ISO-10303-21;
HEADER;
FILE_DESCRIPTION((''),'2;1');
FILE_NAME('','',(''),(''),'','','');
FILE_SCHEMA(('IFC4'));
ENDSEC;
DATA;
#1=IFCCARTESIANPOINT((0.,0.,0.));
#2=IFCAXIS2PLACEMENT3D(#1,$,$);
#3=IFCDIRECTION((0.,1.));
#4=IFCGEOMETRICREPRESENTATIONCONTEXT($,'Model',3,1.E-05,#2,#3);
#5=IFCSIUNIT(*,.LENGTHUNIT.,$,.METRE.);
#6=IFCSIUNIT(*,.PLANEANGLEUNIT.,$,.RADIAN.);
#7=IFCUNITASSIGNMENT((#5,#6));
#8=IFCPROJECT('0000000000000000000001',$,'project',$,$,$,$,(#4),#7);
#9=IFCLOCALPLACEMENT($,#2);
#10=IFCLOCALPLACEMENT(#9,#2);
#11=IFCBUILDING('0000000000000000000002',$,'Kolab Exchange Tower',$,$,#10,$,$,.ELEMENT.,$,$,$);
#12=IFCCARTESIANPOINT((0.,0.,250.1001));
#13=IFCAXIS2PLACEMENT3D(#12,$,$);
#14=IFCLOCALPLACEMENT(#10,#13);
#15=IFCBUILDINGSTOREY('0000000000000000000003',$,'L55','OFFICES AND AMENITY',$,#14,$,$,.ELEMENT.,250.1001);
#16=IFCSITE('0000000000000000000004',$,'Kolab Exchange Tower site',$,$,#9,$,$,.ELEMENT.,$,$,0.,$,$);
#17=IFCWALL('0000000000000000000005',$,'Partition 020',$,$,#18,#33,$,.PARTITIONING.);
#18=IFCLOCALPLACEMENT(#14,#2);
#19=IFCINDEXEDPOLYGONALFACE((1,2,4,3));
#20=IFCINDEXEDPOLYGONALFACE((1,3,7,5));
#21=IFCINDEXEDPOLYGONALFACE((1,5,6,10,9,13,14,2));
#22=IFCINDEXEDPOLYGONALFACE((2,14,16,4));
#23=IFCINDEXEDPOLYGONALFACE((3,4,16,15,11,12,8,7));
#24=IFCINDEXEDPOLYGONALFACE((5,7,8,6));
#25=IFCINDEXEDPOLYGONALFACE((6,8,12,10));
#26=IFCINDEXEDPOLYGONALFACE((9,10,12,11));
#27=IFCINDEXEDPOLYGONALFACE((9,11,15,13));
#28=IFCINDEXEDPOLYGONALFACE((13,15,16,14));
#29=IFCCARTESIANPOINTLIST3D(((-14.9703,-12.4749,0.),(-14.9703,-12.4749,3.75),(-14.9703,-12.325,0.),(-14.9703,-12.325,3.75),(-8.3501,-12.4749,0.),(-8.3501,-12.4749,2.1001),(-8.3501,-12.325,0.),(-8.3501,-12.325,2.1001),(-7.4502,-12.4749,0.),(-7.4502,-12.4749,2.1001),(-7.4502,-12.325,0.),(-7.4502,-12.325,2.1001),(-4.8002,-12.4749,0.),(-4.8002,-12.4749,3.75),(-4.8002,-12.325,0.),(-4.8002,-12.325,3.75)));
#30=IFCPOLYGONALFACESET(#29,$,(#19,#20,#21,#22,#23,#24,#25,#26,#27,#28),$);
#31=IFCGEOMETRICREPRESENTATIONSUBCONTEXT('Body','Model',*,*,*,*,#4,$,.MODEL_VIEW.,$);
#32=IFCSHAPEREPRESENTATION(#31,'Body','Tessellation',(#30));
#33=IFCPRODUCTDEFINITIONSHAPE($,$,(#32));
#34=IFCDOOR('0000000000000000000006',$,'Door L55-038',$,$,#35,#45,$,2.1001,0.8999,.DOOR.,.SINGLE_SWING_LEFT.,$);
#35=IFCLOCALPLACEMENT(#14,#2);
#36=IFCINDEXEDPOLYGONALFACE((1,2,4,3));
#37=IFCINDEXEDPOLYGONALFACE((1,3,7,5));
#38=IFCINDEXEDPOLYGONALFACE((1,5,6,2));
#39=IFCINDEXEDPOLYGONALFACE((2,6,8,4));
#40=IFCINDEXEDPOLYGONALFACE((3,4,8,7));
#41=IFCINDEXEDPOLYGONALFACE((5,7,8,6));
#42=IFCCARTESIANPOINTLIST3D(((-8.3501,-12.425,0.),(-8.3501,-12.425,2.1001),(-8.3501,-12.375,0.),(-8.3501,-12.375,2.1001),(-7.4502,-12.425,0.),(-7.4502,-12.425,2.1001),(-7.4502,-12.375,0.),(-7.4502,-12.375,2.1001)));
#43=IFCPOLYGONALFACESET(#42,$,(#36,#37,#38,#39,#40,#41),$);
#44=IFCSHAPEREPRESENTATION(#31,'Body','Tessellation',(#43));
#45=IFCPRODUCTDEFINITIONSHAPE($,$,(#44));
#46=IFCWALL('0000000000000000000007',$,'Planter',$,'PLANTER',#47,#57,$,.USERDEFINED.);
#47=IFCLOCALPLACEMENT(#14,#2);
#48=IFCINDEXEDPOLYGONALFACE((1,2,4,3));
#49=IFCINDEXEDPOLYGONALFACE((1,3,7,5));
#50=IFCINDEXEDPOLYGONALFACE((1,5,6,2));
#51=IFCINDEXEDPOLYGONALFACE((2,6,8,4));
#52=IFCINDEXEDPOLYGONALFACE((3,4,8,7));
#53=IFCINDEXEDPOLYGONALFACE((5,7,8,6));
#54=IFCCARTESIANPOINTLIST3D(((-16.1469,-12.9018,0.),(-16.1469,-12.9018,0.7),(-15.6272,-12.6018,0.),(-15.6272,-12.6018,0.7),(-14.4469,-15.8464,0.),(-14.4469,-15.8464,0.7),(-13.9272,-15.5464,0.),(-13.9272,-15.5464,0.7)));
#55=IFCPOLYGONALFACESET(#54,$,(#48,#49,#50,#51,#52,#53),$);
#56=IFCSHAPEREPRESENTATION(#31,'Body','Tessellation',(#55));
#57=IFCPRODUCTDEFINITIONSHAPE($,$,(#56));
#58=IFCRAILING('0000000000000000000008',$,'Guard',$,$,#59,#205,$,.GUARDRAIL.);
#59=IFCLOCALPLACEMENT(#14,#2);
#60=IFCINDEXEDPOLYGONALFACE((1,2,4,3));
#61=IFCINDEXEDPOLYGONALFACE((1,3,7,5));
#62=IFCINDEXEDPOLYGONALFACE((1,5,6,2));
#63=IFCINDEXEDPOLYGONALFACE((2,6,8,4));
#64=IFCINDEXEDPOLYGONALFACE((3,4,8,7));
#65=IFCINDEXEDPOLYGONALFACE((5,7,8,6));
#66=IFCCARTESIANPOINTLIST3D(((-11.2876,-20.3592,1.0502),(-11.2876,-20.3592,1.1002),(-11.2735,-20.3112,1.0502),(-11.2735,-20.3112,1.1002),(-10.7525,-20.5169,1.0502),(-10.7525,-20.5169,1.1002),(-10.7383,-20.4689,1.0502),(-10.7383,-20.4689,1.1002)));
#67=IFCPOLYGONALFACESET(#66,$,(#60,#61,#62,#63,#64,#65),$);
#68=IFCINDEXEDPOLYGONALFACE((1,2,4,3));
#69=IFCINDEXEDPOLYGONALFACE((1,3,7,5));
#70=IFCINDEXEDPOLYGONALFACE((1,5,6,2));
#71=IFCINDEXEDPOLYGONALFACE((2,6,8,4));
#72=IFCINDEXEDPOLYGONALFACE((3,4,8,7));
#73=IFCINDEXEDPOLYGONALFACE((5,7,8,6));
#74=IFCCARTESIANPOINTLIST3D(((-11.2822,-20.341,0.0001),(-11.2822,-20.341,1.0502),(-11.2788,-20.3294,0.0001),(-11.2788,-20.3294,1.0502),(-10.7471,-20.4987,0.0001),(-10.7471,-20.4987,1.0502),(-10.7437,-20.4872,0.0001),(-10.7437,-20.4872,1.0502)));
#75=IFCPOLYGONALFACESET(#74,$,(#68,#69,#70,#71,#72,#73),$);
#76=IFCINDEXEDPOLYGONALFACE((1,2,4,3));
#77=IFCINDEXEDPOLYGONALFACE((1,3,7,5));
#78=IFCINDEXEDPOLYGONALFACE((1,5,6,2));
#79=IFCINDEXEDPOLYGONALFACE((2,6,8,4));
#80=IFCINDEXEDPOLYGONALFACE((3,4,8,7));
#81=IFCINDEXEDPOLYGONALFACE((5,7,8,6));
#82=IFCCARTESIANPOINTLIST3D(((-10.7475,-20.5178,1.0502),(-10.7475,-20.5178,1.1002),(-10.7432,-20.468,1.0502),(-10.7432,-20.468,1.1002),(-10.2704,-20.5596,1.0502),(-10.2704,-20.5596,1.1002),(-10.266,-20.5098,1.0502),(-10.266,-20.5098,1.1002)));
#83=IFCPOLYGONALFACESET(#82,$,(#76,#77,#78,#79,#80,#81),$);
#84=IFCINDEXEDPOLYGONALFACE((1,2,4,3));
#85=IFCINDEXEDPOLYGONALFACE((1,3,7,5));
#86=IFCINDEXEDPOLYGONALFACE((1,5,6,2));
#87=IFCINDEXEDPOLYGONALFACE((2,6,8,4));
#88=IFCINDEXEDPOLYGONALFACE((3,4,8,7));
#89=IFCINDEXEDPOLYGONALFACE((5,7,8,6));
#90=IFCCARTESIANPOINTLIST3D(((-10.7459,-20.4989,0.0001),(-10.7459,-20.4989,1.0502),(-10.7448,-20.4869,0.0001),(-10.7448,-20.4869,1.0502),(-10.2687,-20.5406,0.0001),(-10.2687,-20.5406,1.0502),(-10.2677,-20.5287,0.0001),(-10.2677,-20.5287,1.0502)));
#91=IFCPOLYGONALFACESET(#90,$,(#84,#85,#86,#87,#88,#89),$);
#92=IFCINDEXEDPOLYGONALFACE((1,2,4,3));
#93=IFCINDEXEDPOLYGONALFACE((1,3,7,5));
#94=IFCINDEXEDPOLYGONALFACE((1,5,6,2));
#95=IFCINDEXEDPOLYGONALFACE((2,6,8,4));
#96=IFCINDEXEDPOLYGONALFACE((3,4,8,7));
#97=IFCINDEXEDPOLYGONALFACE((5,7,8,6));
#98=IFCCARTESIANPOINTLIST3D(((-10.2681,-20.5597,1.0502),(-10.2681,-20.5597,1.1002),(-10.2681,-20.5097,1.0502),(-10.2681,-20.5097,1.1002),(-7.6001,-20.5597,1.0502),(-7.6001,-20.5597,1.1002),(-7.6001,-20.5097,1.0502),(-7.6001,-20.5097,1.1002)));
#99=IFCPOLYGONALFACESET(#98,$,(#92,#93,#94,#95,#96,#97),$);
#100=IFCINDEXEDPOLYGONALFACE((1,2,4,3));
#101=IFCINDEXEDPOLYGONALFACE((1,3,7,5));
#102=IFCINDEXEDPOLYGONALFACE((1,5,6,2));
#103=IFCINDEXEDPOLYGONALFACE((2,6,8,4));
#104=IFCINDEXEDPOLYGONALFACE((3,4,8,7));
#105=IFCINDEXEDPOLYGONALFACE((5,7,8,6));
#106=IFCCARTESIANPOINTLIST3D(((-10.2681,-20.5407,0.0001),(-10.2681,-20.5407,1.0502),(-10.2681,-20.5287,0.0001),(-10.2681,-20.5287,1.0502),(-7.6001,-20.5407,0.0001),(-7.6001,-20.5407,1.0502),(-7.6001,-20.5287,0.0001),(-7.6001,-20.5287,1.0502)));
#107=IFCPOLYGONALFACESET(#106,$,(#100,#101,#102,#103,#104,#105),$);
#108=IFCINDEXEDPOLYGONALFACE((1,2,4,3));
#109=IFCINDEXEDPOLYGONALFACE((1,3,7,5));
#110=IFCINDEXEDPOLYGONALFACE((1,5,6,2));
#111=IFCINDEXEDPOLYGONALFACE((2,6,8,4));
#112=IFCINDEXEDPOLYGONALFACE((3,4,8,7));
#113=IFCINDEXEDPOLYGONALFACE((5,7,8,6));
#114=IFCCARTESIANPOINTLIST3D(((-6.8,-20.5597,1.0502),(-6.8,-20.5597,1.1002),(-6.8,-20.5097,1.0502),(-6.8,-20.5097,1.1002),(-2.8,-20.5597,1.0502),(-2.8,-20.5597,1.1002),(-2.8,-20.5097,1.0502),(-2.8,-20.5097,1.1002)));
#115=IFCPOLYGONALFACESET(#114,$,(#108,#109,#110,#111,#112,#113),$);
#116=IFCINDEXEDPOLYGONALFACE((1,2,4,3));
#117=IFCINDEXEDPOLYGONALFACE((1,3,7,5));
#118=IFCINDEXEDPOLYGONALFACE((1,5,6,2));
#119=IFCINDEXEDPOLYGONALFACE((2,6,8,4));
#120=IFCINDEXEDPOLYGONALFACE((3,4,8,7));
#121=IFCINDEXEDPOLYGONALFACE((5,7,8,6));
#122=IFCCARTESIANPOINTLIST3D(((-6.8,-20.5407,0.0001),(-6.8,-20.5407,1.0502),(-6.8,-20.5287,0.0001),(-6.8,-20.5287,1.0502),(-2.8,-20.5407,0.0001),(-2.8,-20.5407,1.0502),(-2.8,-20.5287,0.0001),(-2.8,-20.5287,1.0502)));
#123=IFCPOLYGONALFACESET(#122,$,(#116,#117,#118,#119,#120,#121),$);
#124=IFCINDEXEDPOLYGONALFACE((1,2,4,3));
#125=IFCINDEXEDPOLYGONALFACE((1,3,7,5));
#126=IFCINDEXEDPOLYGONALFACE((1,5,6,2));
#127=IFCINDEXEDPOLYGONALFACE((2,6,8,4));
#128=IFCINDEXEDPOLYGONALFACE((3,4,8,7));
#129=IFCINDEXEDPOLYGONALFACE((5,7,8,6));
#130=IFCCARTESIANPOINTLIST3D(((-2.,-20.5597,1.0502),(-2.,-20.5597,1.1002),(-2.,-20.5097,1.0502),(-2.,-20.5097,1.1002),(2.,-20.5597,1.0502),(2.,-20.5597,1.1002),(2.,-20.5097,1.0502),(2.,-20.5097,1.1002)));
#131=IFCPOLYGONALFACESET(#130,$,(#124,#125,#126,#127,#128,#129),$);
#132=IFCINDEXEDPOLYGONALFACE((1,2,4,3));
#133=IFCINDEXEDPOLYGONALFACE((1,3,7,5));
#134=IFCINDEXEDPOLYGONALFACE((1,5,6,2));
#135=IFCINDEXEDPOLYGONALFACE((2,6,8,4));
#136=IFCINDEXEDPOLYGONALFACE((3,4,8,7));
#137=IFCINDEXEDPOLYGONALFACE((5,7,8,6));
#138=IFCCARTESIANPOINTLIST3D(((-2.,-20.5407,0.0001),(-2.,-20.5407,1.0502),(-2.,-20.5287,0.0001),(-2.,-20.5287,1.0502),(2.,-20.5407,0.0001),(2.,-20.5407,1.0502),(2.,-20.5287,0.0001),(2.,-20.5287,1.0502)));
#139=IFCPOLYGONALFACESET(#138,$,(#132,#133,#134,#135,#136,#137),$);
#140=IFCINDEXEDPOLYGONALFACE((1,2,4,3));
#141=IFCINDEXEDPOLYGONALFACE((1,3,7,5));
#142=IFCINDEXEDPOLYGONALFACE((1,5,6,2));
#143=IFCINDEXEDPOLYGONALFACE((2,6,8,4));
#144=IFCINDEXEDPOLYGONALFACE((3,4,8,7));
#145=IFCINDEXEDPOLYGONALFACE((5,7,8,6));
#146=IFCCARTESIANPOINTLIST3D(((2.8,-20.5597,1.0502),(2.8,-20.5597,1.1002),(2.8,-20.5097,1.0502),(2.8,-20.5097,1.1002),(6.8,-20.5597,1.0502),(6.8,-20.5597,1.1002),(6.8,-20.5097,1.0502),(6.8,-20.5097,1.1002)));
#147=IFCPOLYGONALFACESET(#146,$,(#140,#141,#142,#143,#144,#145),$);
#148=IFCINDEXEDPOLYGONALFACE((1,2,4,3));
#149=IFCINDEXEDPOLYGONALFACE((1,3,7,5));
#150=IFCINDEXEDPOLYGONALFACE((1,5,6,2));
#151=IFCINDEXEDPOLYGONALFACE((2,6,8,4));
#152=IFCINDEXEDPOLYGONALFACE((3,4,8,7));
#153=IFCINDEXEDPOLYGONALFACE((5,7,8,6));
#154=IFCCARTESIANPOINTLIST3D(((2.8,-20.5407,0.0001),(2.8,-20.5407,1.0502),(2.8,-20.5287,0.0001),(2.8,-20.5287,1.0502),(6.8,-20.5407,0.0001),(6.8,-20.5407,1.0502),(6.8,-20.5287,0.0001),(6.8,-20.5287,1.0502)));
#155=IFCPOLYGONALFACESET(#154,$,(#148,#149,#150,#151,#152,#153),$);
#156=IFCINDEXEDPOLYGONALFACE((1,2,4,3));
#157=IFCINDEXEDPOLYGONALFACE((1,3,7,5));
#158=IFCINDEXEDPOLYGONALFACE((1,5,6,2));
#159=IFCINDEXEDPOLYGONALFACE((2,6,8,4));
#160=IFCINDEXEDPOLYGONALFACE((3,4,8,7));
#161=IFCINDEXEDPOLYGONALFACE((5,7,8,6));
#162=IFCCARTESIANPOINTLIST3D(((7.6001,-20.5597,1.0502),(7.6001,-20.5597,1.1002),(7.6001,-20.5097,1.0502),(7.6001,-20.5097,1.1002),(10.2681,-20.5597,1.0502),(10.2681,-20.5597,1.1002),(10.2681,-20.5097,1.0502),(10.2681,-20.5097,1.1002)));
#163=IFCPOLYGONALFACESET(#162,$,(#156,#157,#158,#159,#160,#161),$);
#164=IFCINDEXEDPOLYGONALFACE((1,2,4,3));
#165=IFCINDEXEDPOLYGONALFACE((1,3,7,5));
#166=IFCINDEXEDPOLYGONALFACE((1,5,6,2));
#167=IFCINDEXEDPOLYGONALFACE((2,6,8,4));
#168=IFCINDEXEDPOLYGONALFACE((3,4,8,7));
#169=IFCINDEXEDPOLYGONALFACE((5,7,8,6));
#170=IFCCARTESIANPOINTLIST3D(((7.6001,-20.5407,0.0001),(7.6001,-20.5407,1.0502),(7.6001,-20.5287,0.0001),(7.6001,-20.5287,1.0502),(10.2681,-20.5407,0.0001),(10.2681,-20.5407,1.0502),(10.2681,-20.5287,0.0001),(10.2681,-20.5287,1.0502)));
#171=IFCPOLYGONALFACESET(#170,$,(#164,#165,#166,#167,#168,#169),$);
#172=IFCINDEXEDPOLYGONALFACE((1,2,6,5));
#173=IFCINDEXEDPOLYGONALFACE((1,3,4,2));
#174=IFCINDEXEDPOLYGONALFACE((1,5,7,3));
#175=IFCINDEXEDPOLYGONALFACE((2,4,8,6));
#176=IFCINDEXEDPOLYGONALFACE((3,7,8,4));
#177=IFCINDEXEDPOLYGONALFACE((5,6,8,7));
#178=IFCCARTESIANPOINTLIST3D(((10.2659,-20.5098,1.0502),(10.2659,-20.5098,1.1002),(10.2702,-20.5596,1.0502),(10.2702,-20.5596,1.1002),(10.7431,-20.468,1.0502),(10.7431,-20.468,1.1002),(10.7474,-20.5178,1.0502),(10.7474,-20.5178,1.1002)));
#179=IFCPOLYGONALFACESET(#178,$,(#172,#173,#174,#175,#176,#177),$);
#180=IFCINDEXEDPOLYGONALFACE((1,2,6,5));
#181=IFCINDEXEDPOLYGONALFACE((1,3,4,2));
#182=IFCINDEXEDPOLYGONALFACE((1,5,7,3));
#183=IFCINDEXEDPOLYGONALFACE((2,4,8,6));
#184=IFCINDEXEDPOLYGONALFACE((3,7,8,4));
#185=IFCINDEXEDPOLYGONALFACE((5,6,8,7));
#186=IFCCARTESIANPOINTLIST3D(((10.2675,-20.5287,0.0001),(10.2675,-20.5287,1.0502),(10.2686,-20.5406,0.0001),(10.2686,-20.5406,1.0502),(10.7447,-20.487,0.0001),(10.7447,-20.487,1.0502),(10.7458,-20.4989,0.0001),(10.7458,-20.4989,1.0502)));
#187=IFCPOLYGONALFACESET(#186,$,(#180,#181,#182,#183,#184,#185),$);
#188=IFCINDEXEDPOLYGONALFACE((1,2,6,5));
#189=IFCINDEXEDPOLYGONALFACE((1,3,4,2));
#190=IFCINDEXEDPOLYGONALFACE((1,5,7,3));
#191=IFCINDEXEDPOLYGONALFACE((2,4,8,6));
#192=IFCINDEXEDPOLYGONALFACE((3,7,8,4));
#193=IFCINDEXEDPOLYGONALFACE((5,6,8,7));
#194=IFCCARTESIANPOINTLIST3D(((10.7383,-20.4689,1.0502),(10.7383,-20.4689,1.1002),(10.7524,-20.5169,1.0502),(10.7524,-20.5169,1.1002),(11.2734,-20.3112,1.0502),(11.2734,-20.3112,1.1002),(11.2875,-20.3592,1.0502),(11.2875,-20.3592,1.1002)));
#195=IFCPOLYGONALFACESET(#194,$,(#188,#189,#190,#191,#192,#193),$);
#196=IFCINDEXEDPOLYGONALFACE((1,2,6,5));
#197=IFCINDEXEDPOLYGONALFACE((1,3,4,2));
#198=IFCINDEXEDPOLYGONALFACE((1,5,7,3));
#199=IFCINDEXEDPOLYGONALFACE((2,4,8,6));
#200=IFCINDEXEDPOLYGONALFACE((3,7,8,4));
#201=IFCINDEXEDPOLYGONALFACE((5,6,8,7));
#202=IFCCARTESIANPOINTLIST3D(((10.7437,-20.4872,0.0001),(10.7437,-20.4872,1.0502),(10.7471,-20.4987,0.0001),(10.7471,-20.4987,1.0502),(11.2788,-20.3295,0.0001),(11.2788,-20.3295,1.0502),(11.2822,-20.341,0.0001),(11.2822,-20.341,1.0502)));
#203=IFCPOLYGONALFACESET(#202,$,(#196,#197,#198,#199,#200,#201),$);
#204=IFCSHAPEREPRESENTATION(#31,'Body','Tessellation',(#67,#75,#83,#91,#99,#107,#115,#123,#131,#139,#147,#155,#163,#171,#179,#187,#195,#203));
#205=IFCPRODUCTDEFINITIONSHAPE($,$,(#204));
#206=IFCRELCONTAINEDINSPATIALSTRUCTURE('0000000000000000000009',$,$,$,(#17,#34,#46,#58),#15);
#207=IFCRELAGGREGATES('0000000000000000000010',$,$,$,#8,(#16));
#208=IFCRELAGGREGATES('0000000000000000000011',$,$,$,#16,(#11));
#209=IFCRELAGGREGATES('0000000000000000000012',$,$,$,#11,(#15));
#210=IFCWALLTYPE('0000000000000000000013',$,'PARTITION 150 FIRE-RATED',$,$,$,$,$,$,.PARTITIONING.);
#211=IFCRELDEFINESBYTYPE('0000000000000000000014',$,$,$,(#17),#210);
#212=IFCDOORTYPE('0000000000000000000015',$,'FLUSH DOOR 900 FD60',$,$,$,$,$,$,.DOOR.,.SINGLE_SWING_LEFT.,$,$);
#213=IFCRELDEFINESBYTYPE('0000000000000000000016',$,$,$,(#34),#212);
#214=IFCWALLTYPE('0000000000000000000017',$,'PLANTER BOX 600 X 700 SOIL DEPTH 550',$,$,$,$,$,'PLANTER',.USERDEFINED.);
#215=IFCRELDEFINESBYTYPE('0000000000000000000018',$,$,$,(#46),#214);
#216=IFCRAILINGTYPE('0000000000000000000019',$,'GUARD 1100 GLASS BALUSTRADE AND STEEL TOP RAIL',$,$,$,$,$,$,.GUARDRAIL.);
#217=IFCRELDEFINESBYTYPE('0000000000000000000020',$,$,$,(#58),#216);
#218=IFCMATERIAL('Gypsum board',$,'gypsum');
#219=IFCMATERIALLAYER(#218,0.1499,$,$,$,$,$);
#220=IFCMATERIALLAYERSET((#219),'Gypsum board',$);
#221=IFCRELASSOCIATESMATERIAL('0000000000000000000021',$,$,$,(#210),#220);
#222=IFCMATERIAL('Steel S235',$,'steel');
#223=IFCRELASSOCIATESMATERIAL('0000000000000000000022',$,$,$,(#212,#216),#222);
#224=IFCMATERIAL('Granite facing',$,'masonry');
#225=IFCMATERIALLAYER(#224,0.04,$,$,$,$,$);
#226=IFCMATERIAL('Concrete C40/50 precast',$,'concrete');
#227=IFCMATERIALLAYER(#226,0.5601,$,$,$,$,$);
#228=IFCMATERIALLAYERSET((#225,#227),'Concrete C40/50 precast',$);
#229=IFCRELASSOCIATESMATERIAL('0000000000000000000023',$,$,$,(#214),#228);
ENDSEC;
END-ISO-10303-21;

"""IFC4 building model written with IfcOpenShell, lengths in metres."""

from ifc_helpers import new_model, si_unit, direction, frame, frame_2d, origin, origin_2d, place, context, subcontext, project, spatial, rectangle, extrude, material, layer, layer_set, type_object, element, fill, save


model = new_model("IFC4")

# Units and contexts
model_context = context("Model", 3, precision=1e-05, world=origin(), true_north=direction((0.0, 1.0)))
body_context = subcontext(model_context, "Body", "Model", "MODEL_VIEW")
ifc_project = project(units=[si_unit("LENGTHUNIT", "METRE"), si_unit("PLANEANGLEUNIT", "RADIAN")], contexts=[model_context])

# Site, building, storey
site_placement = place(None, origin())
site = spatial("IfcSite", under=ifc_project, at=site_placement, Name="Kolab Exchange Tower site", CompositionType="ELEMENT", RefElevation=0.0)
building_placement = place(site_placement, origin())
building = spatial("IfcBuilding", under=site, at=building_placement, Name="Kolab Exchange Tower", CompositionType="ELEMENT")
storey_placement = place(building_placement, frame((0.0, 0.0, 250.1001)))
storey = spatial("IfcBuildingStorey", under=building, at=storey_placement, Name="L55", Description="OFFICES AND AMENITY", CompositionType="ELEMENT", Elevation=250.1001)

# Shared definitions
ifc_material_1 = material(Name="Gypsum board", Category="gypsum")
ifc_layer_1 = layer(ifc_material_1, 0.1499)
ifc_layer_set_1 = layer_set([ifc_layer_1], Name="Gypsum board")
wall_type_1 = type_object("IfcWallType", Name="PARTITION 150 FIRE-RATED", PredefinedType="PARTITIONING", material=ifc_layer_set_1)
ifc_material_2 = material(Name="Steel S235", Category="steel")

# Wall, opening, door
wall_1_placement = place(storey_placement, frame((-14.9702, -12.3999, 0.0), z_axis=(0.0, 0.0, 1.0), x_axis=(1.0, 0.0, 0.0)))
wall_1 = element("IfcWall", 1, at=wall_1_placement, inside=storey, type_object=wall_type_1, Name="Partition 020", PredefinedType="PARTITIONING", context=body_context, shape_type="SweptSolid", body=[
    extrude(rectangle(XDim=10.1702, YDim=0.1499, at=frame_2d((5.085, 0.0))), origin(), (0.0, 0.0, 1.0), 3.75),
])
opening_1_placement = place(wall_1_placement, frame((6.6201, 0.0, 0.0)))
opening_1 = element("IfcOpeningElement", 2, at=opening_1_placement, cuts=wall_1, PredefinedType="OPENING", context=body_context, shape_type="SweptSolid", body=[
    extrude(rectangle(XDim=0.8999, YDim=2.1001, at=frame_2d((0.45, 1.05))), frame((0.0, 0.085, 0.0), z_axis=(0.0, -1.0, 0.0), x_axis=(1.0, 0.0, 0.0)), (0.0, 0.0, 1.0), 0.1699),
])
door_type_1 = type_object("IfcDoorType", Name="FLUSH DOOR 900 FD60", OperationType="SINGLE_SWING_LEFT", PredefinedType="DOOR", material=ifc_material_2)
door_1_placement = place(opening_1_placement, origin())
door_1 = element("IfcDoor", 3, at=door_1_placement, inside=storey, type_object=door_type_1, Name="Door L55-038", OperationType="SINGLE_SWING_LEFT", OverallHeight=2.1001, OverallWidth=0.8999, PredefinedType="DOOR", context=body_context, shape_type="SweptSolid", body=[
    extrude(rectangle(XDim=0.8999, YDim=2.1001, at=frame_2d((0.45, 1.05))), frame((0.0, 0.0249, 0.0), z_axis=(0.0, -1.0, 0.0), x_axis=(1.0, 0.0, 0.0)), (0.0, 0.0, 1.0), 0.05),
])
fill(opening_1, door_1)

# Wall
ifc_material_3 = material(Name="Granite facing", Category="masonry")
ifc_layer_2 = layer(ifc_material_3, 0.04)
ifc_material_4 = material(Name="Concrete C40/50 precast", Category="concrete")
ifc_layer_3 = layer(ifc_material_4, 0.5601)
ifc_layer_set_2 = layer_set([ifc_layer_2, ifc_layer_3], Name="Concrete C40/50 precast")
wall_type_2 = type_object("IfcWallType", Name="PLANTER BOX 600 X 700 SOIL DEPTH 550", ElementType="PLANTER", PredefinedType="USERDEFINED", material=ifc_layer_set_2)
wall_2_placement = place(storey_placement, frame((-14.187, -15.6965, 0.0), z_axis=(0.0, 0.0, 1.0), x_axis=(-0.499977, 0.866039, 0.0)))
element("IfcWall", 4, at=wall_2_placement, inside=storey, type_object=wall_type_2, Name="Planter", ObjectType="PLANTER", PredefinedType="USERDEFINED", context=body_context, shape_type="SweptSolid", body=[
    extrude(rectangle(XDim=3.4001, YDim=0.6001, at=frame_2d((1.7002, 0.0))), origin(), (0.0, 0.0, 1.0), 0.7),
])

# Railing
railing_type = type_object("IfcRailingType", Name="GUARD 1100 GLASS BALUSTRADE AND STEEL TOP RAIL", PredefinedType="GUARDRAIL", material=ifc_material_2)
railing_placement = place(storey_placement, frame((-11.2805, -20.3352, 0.0)))
element("IfcRailing", 5, at=railing_placement, inside=storey, type_object=railing_type, Name="Guard", PredefinedType="GUARDRAIL", context=body_context, shape_type="SweptSolid", body=[
    extrude(rectangle(XDim=0.05, YDim=0.05, at=origin_2d()), frame((0.0, 0.0, 1.0752), z_axis=(0.959212, -0.282687, 0.0), x_axis=(0.282687, 0.959212, 0.0)), (0.0, 0.0, 1.0), 0.5579),
    extrude(rectangle(XDim=0.012, YDim=1.0501, at=frame_2d((0.0, 0.5251))), frame((0.0, 0.0, 0.0), z_axis=(0.959212, -0.282687, 0.0), x_axis=(0.282687, 0.959212, 0.0)), (0.0, 0.0, 1.0), 0.5579),
    extrude(rectangle(XDim=0.05, YDim=0.05, at=origin_2d()), frame((0.5352, -0.1577, 1.0752), z_axis=(0.996196, -0.087135, 0.0), x_axis=(0.087135, 0.996196, 0.0)), (0.0, 0.0, 1.0), 0.479),
    extrude(rectangle(XDim=0.012, YDim=1.0501, at=frame_2d((0.0, 0.5251))), frame((0.5352, -0.1577, 0.0), z_axis=(0.996196, -0.087135, 0.0), x_axis=(0.087135, 0.996196, 0.0)), (0.0, 0.0, 1.0), 0.479),
    extrude(rectangle(XDim=0.05, YDim=0.05, at=origin_2d()), frame((1.0125, -0.1995, 1.0752), z_axis=(1.0, 0.0, 0.0), x_axis=(0.0, 1.0, 0.0)), (0.0, 0.0, 1.0), 2.668),
    extrude(rectangle(XDim=0.012, YDim=1.0501, at=frame_2d((0.0, 0.5251))), frame((1.0125, -0.1995, 0.0), z_axis=(1.0, 0.0, 0.0), x_axis=(0.0, 1.0, 0.0)), (0.0, 0.0, 1.0), 2.668),
    extrude(rectangle(XDim=0.05, YDim=0.05, at=origin_2d()), frame((4.4805, -0.1995, 1.0752), z_axis=(1.0, 0.0, 0.0), x_axis=(0.0, 1.0, 0.0)), (0.0, 0.0, 1.0), 4.0),
    extrude(rectangle(XDim=0.012, YDim=1.0501, at=frame_2d((0.0, 0.5251))), frame((4.4805, -0.1995, 0.0), z_axis=(1.0, 0.0, 0.0), x_axis=(0.0, 1.0, 0.0)), (0.0, 0.0, 1.0), 4.0),
    extrude(rectangle(XDim=0.05, YDim=0.05, at=origin_2d()), frame((9.2805, -0.1995, 1.0752), z_axis=(1.0, 0.0, 0.0), x_axis=(0.0, 1.0, 0.0)), (0.0, 0.0, 1.0), 4.0),
    extrude(rectangle(XDim=0.012, YDim=1.0501, at=frame_2d((0.0, 0.5251))), frame((9.2805, -0.1995, 0.0), z_axis=(1.0, 0.0, 0.0), x_axis=(0.0, 1.0, 0.0)), (0.0, 0.0, 1.0), 4.0),
    extrude(rectangle(XDim=0.05, YDim=0.05, at=origin_2d()), frame((14.0806, -0.1995, 1.0752), z_axis=(1.0, 0.0, 0.0), x_axis=(0.0, 1.0, 0.0)), (0.0, 0.0, 1.0), 4.0),
    extrude(rectangle(XDim=0.012, YDim=1.0501, at=frame_2d((0.0, 0.5251))), frame((14.0806, -0.1995, 0.0), z_axis=(1.0, 0.0, 0.0), x_axis=(0.0, 1.0, 0.0)), (0.0, 0.0, 1.0), 4.0),
    extrude(rectangle(XDim=0.05, YDim=0.05, at=origin_2d()), frame((18.8806, -0.1995, 1.0752), z_axis=(1.0, 0.0, 0.0), x_axis=(0.0, 1.0, 0.0)), (0.0, 0.0, 1.0), 2.668),
    extrude(rectangle(XDim=0.012, YDim=1.0501, at=frame_2d((0.0, 0.5251))), frame((18.8806, -0.1995, 0.0), z_axis=(1.0, 0.0, 0.0), x_axis=(0.0, 1.0, 0.0)), (0.0, 0.0, 1.0), 2.668),
    extrude(rectangle(XDim=0.05, YDim=0.05, at=origin_2d()), frame((21.5486, -0.1995, 1.0752), z_axis=(0.996196, 0.087135, 0.0), x_axis=(-0.087135, 0.996196, 0.0)), (0.0, 0.0, 1.0), 0.479),
    extrude(rectangle(XDim=0.012, YDim=1.0501, at=frame_2d((0.0, 0.5251))), frame((21.5486, -0.1995, 0.0), z_axis=(0.996196, 0.087135, 0.0), x_axis=(-0.087135, 0.996196, 0.0)), (0.0, 0.0, 1.0), 0.479),
    extrude(rectangle(XDim=0.05, YDim=0.05, at=origin_2d()), frame((22.0259, -0.1577, 1.0752), z_axis=(0.959212, 0.282687, 0.0), x_axis=(-0.282687, 0.959212, 0.0)), (0.0, 0.0, 1.0), 0.5579),
    extrude(rectangle(XDim=0.012, YDim=1.0501, at=frame_2d((0.0, 0.5251))), frame((22.0259, -0.1577, 0.0), z_axis=(0.959212, 0.282687, 0.0), x_axis=(-0.282687, 0.959212, 0.0)), (0.0, 0.0, 1.0), 0.5579),
])

save(model, "model.ifc")
